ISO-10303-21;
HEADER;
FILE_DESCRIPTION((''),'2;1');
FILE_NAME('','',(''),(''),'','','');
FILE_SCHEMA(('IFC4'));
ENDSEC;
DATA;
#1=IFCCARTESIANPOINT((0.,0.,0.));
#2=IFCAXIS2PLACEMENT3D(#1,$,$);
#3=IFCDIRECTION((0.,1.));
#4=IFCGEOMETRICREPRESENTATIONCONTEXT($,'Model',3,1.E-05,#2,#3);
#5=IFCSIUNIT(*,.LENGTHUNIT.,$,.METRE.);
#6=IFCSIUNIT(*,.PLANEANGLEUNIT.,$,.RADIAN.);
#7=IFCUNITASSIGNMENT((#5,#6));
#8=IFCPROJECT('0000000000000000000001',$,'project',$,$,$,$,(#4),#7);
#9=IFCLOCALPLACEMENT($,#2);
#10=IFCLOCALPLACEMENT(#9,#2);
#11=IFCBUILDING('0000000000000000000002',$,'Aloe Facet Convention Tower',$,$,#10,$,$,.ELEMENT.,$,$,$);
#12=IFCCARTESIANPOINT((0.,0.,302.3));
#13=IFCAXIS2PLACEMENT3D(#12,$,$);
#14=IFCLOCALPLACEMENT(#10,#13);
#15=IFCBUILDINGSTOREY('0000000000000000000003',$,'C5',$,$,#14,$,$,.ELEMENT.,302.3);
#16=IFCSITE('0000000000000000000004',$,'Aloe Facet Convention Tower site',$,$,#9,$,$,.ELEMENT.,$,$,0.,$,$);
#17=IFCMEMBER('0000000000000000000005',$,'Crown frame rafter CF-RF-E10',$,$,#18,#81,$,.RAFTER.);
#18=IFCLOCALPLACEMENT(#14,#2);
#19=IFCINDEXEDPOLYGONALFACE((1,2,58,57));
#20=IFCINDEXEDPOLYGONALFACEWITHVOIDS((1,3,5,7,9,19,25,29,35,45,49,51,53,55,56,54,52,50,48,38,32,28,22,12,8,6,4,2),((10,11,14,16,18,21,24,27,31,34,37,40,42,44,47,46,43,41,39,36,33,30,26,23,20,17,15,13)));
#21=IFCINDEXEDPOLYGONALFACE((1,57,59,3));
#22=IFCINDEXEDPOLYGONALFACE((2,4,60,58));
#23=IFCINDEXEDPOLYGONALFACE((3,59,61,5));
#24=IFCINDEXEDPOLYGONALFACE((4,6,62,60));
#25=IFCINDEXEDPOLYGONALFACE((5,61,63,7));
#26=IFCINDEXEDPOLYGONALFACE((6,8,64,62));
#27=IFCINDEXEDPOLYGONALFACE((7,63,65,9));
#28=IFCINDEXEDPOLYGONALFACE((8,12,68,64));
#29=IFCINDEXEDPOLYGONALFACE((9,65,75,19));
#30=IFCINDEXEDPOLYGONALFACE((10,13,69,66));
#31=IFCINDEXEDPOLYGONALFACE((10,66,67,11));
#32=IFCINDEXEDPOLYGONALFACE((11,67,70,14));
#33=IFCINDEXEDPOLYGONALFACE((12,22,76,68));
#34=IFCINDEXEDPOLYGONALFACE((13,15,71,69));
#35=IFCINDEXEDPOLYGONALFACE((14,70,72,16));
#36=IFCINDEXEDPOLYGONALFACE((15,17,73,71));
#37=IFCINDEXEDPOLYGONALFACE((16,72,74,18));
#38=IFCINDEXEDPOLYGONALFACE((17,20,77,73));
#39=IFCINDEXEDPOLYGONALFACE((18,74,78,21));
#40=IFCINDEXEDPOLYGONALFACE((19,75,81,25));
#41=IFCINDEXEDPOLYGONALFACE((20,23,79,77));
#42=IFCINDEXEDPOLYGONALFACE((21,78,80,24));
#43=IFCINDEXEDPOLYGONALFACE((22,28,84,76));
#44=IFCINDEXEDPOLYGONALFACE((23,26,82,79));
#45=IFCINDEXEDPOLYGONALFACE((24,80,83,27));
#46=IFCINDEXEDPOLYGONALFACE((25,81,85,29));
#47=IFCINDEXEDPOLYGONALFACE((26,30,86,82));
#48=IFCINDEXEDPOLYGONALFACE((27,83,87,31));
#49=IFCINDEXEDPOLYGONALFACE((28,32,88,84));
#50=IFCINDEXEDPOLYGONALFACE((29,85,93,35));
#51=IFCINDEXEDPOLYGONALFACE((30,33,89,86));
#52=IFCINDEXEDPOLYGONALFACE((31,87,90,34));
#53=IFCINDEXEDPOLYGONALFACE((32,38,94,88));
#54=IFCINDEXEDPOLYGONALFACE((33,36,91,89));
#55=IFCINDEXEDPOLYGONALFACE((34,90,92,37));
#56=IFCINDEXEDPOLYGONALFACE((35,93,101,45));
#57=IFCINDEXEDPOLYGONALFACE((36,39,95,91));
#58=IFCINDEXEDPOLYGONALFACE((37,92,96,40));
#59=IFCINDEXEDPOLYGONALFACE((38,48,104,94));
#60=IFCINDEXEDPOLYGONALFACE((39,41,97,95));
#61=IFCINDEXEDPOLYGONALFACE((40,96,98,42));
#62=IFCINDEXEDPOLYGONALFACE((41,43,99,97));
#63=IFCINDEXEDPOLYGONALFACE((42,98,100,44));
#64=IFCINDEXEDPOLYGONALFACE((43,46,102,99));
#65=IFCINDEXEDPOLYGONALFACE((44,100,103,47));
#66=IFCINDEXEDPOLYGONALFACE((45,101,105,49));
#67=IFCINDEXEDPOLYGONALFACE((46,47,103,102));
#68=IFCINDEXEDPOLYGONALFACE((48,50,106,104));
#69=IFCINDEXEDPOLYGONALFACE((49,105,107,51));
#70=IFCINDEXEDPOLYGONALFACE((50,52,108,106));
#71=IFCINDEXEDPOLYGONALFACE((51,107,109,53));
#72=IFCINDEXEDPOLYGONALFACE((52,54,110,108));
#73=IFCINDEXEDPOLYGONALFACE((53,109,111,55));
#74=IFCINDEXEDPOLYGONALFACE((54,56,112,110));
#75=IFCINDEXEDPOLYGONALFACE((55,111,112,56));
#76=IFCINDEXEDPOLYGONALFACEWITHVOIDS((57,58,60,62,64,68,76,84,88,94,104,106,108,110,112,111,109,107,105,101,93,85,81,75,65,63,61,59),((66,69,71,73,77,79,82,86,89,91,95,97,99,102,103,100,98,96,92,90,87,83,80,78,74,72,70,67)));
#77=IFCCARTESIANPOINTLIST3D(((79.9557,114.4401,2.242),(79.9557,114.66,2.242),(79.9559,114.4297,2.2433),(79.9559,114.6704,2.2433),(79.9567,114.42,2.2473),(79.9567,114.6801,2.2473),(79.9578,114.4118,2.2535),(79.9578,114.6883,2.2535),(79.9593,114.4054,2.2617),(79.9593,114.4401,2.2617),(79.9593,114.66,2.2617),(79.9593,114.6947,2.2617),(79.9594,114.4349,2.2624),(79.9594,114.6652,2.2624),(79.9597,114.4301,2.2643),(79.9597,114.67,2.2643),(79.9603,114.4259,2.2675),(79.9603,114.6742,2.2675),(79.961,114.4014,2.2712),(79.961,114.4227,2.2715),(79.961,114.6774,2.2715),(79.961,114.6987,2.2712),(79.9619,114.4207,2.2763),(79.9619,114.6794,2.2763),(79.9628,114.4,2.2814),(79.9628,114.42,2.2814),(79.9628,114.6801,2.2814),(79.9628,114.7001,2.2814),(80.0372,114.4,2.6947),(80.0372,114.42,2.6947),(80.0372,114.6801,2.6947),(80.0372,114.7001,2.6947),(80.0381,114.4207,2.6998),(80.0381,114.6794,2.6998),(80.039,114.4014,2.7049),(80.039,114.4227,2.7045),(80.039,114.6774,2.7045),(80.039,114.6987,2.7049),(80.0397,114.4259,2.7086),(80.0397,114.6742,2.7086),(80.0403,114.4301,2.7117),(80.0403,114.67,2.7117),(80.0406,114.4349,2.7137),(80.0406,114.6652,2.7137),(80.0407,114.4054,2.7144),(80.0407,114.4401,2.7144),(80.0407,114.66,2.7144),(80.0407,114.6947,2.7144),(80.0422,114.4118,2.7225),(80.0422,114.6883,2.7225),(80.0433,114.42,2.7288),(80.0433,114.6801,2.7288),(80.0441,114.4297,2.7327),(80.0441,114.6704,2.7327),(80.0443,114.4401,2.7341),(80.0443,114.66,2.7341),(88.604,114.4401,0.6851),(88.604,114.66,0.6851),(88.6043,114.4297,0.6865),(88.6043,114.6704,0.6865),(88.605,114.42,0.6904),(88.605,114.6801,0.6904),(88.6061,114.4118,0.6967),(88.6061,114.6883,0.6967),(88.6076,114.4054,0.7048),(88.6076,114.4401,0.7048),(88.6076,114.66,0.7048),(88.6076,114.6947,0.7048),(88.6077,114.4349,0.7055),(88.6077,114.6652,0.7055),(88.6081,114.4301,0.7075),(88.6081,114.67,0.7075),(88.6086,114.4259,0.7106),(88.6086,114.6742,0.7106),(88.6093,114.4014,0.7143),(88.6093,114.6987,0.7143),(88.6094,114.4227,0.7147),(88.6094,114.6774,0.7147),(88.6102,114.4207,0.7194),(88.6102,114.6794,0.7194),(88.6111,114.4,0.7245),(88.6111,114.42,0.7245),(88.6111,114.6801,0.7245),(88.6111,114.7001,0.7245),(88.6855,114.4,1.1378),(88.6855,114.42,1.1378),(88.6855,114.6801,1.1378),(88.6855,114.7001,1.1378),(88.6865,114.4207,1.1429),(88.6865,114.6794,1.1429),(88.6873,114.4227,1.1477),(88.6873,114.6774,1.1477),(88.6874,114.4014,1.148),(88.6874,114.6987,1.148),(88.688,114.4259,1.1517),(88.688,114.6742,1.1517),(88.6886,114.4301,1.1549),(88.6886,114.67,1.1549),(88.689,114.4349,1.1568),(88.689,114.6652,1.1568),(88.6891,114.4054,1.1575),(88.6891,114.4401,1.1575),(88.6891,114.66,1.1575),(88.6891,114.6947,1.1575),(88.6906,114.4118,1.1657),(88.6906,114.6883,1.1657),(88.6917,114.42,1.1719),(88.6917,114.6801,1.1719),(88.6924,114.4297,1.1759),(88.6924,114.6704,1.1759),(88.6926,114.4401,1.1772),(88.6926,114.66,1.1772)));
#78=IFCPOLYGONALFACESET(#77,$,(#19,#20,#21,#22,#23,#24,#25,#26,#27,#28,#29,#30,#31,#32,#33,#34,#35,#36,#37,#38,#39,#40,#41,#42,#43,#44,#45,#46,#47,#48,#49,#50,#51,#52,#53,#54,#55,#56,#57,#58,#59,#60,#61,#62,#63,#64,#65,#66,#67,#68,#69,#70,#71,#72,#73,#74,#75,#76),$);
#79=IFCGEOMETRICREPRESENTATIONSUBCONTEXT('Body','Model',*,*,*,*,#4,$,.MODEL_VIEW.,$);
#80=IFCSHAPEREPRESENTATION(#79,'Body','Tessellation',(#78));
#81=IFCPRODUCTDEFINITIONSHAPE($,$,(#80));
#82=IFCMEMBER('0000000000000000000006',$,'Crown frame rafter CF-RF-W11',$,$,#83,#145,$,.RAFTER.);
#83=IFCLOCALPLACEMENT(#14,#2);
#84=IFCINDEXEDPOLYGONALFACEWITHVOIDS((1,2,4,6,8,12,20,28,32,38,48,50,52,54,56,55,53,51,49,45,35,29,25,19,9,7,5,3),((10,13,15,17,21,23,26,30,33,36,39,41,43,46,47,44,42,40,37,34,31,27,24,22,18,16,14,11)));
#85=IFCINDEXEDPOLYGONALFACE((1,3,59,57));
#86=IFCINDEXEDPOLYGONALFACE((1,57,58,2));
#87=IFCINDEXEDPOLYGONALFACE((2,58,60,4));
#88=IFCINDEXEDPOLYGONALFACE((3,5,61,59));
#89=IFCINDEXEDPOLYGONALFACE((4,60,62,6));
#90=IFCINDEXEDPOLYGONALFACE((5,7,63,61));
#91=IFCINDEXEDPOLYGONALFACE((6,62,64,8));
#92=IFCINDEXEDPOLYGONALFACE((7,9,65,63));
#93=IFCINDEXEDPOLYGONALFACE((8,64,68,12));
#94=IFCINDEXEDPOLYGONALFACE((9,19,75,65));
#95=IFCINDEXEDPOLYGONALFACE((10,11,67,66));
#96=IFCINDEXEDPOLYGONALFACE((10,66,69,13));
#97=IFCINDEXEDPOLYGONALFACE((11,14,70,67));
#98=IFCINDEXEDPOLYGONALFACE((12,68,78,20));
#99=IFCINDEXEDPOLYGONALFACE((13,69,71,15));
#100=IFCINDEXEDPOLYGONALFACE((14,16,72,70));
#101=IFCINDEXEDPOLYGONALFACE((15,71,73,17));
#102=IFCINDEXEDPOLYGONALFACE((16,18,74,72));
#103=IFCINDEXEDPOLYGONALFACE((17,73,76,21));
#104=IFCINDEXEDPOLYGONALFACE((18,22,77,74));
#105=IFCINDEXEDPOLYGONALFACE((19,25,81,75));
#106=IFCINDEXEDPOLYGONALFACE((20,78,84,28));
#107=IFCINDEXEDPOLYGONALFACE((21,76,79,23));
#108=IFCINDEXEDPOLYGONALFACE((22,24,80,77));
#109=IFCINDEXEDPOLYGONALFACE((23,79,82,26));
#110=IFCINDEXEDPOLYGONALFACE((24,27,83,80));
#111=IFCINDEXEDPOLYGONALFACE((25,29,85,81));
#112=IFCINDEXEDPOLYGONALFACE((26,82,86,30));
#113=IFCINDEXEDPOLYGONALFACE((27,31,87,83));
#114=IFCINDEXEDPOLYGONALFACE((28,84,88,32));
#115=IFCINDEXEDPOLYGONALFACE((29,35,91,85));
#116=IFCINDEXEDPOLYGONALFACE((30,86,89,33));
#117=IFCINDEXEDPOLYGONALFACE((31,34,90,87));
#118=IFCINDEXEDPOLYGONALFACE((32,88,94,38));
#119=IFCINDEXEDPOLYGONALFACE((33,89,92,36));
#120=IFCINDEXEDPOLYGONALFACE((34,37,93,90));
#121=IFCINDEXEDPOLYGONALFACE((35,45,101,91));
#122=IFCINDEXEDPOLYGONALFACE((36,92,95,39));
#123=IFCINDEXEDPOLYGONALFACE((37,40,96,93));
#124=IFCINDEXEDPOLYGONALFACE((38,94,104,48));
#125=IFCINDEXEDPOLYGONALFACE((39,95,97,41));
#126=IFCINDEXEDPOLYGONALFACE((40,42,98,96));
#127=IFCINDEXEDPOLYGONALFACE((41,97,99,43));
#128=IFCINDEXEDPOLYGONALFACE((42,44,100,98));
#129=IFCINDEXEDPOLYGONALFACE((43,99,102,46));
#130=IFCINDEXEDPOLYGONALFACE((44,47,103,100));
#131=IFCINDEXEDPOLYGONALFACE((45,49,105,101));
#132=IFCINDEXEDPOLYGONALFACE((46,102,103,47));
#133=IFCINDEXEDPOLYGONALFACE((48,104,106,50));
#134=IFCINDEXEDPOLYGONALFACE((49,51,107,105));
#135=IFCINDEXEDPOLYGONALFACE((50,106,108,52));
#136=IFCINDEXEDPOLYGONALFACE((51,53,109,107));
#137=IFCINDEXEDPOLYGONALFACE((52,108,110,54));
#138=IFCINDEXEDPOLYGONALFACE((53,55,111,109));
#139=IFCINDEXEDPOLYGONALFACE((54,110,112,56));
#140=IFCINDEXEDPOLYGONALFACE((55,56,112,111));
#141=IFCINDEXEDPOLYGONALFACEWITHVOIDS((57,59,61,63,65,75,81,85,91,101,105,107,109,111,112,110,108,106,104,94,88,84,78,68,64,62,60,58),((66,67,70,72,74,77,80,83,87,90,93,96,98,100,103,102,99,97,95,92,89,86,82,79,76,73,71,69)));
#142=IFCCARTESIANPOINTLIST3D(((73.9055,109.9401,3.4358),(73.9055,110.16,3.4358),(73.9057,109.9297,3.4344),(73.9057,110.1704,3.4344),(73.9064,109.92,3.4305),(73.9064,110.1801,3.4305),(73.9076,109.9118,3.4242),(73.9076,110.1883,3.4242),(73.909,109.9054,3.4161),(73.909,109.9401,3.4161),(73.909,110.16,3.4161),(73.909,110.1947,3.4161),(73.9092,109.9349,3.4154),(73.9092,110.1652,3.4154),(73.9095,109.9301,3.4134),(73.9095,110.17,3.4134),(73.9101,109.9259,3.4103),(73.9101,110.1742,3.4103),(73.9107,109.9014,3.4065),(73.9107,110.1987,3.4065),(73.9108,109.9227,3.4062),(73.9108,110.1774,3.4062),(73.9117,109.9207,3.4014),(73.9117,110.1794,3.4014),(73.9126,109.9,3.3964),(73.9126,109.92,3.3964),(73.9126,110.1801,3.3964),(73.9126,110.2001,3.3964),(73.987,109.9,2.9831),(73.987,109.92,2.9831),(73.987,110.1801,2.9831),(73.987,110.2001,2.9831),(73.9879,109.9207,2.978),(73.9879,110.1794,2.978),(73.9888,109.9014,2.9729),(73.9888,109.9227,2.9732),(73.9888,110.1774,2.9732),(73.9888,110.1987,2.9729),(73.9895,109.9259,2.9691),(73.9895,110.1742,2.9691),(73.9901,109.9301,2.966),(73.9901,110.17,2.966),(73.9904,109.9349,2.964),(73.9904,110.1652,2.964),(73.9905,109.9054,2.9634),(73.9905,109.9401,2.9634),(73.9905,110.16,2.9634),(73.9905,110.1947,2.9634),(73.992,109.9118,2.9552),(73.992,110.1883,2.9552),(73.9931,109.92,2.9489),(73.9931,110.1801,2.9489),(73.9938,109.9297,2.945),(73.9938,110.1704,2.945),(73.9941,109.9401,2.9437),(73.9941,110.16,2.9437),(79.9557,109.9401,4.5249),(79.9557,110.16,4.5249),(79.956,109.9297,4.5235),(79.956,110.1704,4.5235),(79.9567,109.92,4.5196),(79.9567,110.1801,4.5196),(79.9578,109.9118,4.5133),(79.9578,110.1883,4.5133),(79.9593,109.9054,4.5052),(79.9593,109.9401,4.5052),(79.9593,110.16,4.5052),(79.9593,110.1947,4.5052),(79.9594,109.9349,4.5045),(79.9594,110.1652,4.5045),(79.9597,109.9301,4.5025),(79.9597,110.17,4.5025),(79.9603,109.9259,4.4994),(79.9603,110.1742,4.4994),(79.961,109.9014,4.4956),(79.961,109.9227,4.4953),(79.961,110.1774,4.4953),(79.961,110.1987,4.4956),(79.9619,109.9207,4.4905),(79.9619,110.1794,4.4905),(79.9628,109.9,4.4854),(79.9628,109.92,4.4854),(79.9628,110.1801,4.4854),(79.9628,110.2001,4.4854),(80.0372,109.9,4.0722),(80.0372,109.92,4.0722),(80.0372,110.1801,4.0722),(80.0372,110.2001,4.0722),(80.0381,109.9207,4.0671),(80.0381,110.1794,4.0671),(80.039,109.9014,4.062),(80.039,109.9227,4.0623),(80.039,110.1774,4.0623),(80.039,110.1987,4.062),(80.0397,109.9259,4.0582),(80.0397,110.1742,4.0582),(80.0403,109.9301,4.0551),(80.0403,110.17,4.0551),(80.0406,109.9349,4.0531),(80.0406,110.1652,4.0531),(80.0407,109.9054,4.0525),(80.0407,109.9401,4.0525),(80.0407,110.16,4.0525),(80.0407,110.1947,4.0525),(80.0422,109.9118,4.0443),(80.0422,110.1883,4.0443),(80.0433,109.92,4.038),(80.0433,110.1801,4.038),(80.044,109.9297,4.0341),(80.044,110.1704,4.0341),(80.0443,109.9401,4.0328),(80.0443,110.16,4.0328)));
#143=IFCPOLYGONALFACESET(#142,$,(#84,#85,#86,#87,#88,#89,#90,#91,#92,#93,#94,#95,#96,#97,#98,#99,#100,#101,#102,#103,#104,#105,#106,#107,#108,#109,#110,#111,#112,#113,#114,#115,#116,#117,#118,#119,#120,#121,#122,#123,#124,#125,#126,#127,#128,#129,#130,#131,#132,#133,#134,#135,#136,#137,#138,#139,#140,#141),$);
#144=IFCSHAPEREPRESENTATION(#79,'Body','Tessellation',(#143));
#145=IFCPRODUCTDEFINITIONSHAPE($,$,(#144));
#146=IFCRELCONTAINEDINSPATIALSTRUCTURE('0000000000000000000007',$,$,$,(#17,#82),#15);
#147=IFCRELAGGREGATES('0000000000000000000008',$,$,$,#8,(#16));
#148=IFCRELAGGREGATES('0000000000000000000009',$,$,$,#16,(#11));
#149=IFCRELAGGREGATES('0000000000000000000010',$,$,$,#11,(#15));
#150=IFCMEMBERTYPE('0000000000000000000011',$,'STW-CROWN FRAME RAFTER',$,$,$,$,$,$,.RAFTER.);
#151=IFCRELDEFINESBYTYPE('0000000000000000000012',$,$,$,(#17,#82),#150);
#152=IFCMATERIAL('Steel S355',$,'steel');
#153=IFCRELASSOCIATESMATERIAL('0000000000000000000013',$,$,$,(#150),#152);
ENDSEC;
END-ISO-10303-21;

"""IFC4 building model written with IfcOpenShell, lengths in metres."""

from ifc_helpers import new_model, si_unit, direction, frame, origin, origin_2d, place, context, subcontext, project, spatial, hollow_rectangle, extrude, material, material_profile, profile_set, type_object, element, save


model = new_model("IFC4")

# Units and contexts
model_context = context("Model", 3, precision=1e-05, world=origin(), true_north=direction((0.0, 1.0)))
body_context = subcontext(model_context, "Body", "Model", "MODEL_VIEW")
ifc_project = project(units=[si_unit("LENGTHUNIT", "METRE"), si_unit("PLANEANGLEUNIT", "RADIAN")], contexts=[model_context])

# Site, building, storey
site_placement = place(None, origin())
site = spatial("IfcSite", under=ifc_project, at=site_placement, Name="Aloe Facet Convention Tower site", CompositionType="ELEMENT", RefElevation=0.0)
building_placement = place(site_placement, origin())
building = spatial("IfcBuilding", under=site, at=building_placement, Name="Aloe Facet Convention Tower", CompositionType="ELEMENT")
storey_placement = place(building_placement, frame((0.0, 0.0, 302.3)))
storey = spatial("IfcBuildingStorey", under=building, at=storey_placement, Name="C5", CompositionType="ELEMENT", Elevation=302.3)

# Members
ifc_material_1 = material(Name="Steel S355", Category="steel")
ifc_material_profile_1 = material_profile(ifc_material_1, hollow_rectangle(XDim=0.3, YDim=0.5, WallThickness=0.02, InnerFilletRadius=0.02, OuterFilletRadius=0.04, at=origin_2d()), Name="RHS 500x300x20")
ifc_profile_set_1 = profile_set([ifc_material_profile_1], Name="Steel S355")
member_type_1 = type_object("IfcMemberType", Name="STW-CROWN FRAME RAFTER", PredefinedType="RAFTER", material=ifc_profile_set_1)
for number, where, z_axis, x_axis, name in (
    (1, (80.0, 114.55, 2.488), (0.98418, 0.0, -0.177171), (0.0, 1.0, 0.0), "Crown frame rafter CF-RF-E10"),
):
    element("IfcMember", number, at=place(storey_placement, frame(where, z_axis=z_axis, x_axis=x_axis)), inside=storey, type_object=member_type_1, Name=name, PredefinedType="RAFTER", context=body_context, shape_type="SweptSolid", body=[
        extrude(hollow_rectangle(XDim=0.3, YDim=0.5, WallThickness=0.02, InnerFilletRadius=0.02, OuterFilletRadius=0.04, at=origin_2d()), origin(), (0.0, 0.0, 1.0), 8.7874),
    ])
for number, where, z_axis, x_axis, name in (
    (2, (80.0, 110.05, 4.2788), (-0.984182, 0.0, -0.177162), (0.0, -1.0, 0.0), "Crown frame rafter CF-RF-W11"),
):
    element("IfcMember", number, at=place(storey_placement, frame(where, z_axis=z_axis, x_axis=x_axis)), inside=storey, type_object=member_type_1, Name=name, PredefinedType="RAFTER", context=body_context, shape_type="SweptSolid", body=[
        extrude(hollow_rectangle(XDim=0.3, YDim=0.5, WallThickness=0.02, InnerFilletRadius=0.02, OuterFilletRadius=0.04, at=origin_2d()), origin(), (0.0, 0.0, 1.0), 6.1475),
    ])

save(model, "model.ifc")
